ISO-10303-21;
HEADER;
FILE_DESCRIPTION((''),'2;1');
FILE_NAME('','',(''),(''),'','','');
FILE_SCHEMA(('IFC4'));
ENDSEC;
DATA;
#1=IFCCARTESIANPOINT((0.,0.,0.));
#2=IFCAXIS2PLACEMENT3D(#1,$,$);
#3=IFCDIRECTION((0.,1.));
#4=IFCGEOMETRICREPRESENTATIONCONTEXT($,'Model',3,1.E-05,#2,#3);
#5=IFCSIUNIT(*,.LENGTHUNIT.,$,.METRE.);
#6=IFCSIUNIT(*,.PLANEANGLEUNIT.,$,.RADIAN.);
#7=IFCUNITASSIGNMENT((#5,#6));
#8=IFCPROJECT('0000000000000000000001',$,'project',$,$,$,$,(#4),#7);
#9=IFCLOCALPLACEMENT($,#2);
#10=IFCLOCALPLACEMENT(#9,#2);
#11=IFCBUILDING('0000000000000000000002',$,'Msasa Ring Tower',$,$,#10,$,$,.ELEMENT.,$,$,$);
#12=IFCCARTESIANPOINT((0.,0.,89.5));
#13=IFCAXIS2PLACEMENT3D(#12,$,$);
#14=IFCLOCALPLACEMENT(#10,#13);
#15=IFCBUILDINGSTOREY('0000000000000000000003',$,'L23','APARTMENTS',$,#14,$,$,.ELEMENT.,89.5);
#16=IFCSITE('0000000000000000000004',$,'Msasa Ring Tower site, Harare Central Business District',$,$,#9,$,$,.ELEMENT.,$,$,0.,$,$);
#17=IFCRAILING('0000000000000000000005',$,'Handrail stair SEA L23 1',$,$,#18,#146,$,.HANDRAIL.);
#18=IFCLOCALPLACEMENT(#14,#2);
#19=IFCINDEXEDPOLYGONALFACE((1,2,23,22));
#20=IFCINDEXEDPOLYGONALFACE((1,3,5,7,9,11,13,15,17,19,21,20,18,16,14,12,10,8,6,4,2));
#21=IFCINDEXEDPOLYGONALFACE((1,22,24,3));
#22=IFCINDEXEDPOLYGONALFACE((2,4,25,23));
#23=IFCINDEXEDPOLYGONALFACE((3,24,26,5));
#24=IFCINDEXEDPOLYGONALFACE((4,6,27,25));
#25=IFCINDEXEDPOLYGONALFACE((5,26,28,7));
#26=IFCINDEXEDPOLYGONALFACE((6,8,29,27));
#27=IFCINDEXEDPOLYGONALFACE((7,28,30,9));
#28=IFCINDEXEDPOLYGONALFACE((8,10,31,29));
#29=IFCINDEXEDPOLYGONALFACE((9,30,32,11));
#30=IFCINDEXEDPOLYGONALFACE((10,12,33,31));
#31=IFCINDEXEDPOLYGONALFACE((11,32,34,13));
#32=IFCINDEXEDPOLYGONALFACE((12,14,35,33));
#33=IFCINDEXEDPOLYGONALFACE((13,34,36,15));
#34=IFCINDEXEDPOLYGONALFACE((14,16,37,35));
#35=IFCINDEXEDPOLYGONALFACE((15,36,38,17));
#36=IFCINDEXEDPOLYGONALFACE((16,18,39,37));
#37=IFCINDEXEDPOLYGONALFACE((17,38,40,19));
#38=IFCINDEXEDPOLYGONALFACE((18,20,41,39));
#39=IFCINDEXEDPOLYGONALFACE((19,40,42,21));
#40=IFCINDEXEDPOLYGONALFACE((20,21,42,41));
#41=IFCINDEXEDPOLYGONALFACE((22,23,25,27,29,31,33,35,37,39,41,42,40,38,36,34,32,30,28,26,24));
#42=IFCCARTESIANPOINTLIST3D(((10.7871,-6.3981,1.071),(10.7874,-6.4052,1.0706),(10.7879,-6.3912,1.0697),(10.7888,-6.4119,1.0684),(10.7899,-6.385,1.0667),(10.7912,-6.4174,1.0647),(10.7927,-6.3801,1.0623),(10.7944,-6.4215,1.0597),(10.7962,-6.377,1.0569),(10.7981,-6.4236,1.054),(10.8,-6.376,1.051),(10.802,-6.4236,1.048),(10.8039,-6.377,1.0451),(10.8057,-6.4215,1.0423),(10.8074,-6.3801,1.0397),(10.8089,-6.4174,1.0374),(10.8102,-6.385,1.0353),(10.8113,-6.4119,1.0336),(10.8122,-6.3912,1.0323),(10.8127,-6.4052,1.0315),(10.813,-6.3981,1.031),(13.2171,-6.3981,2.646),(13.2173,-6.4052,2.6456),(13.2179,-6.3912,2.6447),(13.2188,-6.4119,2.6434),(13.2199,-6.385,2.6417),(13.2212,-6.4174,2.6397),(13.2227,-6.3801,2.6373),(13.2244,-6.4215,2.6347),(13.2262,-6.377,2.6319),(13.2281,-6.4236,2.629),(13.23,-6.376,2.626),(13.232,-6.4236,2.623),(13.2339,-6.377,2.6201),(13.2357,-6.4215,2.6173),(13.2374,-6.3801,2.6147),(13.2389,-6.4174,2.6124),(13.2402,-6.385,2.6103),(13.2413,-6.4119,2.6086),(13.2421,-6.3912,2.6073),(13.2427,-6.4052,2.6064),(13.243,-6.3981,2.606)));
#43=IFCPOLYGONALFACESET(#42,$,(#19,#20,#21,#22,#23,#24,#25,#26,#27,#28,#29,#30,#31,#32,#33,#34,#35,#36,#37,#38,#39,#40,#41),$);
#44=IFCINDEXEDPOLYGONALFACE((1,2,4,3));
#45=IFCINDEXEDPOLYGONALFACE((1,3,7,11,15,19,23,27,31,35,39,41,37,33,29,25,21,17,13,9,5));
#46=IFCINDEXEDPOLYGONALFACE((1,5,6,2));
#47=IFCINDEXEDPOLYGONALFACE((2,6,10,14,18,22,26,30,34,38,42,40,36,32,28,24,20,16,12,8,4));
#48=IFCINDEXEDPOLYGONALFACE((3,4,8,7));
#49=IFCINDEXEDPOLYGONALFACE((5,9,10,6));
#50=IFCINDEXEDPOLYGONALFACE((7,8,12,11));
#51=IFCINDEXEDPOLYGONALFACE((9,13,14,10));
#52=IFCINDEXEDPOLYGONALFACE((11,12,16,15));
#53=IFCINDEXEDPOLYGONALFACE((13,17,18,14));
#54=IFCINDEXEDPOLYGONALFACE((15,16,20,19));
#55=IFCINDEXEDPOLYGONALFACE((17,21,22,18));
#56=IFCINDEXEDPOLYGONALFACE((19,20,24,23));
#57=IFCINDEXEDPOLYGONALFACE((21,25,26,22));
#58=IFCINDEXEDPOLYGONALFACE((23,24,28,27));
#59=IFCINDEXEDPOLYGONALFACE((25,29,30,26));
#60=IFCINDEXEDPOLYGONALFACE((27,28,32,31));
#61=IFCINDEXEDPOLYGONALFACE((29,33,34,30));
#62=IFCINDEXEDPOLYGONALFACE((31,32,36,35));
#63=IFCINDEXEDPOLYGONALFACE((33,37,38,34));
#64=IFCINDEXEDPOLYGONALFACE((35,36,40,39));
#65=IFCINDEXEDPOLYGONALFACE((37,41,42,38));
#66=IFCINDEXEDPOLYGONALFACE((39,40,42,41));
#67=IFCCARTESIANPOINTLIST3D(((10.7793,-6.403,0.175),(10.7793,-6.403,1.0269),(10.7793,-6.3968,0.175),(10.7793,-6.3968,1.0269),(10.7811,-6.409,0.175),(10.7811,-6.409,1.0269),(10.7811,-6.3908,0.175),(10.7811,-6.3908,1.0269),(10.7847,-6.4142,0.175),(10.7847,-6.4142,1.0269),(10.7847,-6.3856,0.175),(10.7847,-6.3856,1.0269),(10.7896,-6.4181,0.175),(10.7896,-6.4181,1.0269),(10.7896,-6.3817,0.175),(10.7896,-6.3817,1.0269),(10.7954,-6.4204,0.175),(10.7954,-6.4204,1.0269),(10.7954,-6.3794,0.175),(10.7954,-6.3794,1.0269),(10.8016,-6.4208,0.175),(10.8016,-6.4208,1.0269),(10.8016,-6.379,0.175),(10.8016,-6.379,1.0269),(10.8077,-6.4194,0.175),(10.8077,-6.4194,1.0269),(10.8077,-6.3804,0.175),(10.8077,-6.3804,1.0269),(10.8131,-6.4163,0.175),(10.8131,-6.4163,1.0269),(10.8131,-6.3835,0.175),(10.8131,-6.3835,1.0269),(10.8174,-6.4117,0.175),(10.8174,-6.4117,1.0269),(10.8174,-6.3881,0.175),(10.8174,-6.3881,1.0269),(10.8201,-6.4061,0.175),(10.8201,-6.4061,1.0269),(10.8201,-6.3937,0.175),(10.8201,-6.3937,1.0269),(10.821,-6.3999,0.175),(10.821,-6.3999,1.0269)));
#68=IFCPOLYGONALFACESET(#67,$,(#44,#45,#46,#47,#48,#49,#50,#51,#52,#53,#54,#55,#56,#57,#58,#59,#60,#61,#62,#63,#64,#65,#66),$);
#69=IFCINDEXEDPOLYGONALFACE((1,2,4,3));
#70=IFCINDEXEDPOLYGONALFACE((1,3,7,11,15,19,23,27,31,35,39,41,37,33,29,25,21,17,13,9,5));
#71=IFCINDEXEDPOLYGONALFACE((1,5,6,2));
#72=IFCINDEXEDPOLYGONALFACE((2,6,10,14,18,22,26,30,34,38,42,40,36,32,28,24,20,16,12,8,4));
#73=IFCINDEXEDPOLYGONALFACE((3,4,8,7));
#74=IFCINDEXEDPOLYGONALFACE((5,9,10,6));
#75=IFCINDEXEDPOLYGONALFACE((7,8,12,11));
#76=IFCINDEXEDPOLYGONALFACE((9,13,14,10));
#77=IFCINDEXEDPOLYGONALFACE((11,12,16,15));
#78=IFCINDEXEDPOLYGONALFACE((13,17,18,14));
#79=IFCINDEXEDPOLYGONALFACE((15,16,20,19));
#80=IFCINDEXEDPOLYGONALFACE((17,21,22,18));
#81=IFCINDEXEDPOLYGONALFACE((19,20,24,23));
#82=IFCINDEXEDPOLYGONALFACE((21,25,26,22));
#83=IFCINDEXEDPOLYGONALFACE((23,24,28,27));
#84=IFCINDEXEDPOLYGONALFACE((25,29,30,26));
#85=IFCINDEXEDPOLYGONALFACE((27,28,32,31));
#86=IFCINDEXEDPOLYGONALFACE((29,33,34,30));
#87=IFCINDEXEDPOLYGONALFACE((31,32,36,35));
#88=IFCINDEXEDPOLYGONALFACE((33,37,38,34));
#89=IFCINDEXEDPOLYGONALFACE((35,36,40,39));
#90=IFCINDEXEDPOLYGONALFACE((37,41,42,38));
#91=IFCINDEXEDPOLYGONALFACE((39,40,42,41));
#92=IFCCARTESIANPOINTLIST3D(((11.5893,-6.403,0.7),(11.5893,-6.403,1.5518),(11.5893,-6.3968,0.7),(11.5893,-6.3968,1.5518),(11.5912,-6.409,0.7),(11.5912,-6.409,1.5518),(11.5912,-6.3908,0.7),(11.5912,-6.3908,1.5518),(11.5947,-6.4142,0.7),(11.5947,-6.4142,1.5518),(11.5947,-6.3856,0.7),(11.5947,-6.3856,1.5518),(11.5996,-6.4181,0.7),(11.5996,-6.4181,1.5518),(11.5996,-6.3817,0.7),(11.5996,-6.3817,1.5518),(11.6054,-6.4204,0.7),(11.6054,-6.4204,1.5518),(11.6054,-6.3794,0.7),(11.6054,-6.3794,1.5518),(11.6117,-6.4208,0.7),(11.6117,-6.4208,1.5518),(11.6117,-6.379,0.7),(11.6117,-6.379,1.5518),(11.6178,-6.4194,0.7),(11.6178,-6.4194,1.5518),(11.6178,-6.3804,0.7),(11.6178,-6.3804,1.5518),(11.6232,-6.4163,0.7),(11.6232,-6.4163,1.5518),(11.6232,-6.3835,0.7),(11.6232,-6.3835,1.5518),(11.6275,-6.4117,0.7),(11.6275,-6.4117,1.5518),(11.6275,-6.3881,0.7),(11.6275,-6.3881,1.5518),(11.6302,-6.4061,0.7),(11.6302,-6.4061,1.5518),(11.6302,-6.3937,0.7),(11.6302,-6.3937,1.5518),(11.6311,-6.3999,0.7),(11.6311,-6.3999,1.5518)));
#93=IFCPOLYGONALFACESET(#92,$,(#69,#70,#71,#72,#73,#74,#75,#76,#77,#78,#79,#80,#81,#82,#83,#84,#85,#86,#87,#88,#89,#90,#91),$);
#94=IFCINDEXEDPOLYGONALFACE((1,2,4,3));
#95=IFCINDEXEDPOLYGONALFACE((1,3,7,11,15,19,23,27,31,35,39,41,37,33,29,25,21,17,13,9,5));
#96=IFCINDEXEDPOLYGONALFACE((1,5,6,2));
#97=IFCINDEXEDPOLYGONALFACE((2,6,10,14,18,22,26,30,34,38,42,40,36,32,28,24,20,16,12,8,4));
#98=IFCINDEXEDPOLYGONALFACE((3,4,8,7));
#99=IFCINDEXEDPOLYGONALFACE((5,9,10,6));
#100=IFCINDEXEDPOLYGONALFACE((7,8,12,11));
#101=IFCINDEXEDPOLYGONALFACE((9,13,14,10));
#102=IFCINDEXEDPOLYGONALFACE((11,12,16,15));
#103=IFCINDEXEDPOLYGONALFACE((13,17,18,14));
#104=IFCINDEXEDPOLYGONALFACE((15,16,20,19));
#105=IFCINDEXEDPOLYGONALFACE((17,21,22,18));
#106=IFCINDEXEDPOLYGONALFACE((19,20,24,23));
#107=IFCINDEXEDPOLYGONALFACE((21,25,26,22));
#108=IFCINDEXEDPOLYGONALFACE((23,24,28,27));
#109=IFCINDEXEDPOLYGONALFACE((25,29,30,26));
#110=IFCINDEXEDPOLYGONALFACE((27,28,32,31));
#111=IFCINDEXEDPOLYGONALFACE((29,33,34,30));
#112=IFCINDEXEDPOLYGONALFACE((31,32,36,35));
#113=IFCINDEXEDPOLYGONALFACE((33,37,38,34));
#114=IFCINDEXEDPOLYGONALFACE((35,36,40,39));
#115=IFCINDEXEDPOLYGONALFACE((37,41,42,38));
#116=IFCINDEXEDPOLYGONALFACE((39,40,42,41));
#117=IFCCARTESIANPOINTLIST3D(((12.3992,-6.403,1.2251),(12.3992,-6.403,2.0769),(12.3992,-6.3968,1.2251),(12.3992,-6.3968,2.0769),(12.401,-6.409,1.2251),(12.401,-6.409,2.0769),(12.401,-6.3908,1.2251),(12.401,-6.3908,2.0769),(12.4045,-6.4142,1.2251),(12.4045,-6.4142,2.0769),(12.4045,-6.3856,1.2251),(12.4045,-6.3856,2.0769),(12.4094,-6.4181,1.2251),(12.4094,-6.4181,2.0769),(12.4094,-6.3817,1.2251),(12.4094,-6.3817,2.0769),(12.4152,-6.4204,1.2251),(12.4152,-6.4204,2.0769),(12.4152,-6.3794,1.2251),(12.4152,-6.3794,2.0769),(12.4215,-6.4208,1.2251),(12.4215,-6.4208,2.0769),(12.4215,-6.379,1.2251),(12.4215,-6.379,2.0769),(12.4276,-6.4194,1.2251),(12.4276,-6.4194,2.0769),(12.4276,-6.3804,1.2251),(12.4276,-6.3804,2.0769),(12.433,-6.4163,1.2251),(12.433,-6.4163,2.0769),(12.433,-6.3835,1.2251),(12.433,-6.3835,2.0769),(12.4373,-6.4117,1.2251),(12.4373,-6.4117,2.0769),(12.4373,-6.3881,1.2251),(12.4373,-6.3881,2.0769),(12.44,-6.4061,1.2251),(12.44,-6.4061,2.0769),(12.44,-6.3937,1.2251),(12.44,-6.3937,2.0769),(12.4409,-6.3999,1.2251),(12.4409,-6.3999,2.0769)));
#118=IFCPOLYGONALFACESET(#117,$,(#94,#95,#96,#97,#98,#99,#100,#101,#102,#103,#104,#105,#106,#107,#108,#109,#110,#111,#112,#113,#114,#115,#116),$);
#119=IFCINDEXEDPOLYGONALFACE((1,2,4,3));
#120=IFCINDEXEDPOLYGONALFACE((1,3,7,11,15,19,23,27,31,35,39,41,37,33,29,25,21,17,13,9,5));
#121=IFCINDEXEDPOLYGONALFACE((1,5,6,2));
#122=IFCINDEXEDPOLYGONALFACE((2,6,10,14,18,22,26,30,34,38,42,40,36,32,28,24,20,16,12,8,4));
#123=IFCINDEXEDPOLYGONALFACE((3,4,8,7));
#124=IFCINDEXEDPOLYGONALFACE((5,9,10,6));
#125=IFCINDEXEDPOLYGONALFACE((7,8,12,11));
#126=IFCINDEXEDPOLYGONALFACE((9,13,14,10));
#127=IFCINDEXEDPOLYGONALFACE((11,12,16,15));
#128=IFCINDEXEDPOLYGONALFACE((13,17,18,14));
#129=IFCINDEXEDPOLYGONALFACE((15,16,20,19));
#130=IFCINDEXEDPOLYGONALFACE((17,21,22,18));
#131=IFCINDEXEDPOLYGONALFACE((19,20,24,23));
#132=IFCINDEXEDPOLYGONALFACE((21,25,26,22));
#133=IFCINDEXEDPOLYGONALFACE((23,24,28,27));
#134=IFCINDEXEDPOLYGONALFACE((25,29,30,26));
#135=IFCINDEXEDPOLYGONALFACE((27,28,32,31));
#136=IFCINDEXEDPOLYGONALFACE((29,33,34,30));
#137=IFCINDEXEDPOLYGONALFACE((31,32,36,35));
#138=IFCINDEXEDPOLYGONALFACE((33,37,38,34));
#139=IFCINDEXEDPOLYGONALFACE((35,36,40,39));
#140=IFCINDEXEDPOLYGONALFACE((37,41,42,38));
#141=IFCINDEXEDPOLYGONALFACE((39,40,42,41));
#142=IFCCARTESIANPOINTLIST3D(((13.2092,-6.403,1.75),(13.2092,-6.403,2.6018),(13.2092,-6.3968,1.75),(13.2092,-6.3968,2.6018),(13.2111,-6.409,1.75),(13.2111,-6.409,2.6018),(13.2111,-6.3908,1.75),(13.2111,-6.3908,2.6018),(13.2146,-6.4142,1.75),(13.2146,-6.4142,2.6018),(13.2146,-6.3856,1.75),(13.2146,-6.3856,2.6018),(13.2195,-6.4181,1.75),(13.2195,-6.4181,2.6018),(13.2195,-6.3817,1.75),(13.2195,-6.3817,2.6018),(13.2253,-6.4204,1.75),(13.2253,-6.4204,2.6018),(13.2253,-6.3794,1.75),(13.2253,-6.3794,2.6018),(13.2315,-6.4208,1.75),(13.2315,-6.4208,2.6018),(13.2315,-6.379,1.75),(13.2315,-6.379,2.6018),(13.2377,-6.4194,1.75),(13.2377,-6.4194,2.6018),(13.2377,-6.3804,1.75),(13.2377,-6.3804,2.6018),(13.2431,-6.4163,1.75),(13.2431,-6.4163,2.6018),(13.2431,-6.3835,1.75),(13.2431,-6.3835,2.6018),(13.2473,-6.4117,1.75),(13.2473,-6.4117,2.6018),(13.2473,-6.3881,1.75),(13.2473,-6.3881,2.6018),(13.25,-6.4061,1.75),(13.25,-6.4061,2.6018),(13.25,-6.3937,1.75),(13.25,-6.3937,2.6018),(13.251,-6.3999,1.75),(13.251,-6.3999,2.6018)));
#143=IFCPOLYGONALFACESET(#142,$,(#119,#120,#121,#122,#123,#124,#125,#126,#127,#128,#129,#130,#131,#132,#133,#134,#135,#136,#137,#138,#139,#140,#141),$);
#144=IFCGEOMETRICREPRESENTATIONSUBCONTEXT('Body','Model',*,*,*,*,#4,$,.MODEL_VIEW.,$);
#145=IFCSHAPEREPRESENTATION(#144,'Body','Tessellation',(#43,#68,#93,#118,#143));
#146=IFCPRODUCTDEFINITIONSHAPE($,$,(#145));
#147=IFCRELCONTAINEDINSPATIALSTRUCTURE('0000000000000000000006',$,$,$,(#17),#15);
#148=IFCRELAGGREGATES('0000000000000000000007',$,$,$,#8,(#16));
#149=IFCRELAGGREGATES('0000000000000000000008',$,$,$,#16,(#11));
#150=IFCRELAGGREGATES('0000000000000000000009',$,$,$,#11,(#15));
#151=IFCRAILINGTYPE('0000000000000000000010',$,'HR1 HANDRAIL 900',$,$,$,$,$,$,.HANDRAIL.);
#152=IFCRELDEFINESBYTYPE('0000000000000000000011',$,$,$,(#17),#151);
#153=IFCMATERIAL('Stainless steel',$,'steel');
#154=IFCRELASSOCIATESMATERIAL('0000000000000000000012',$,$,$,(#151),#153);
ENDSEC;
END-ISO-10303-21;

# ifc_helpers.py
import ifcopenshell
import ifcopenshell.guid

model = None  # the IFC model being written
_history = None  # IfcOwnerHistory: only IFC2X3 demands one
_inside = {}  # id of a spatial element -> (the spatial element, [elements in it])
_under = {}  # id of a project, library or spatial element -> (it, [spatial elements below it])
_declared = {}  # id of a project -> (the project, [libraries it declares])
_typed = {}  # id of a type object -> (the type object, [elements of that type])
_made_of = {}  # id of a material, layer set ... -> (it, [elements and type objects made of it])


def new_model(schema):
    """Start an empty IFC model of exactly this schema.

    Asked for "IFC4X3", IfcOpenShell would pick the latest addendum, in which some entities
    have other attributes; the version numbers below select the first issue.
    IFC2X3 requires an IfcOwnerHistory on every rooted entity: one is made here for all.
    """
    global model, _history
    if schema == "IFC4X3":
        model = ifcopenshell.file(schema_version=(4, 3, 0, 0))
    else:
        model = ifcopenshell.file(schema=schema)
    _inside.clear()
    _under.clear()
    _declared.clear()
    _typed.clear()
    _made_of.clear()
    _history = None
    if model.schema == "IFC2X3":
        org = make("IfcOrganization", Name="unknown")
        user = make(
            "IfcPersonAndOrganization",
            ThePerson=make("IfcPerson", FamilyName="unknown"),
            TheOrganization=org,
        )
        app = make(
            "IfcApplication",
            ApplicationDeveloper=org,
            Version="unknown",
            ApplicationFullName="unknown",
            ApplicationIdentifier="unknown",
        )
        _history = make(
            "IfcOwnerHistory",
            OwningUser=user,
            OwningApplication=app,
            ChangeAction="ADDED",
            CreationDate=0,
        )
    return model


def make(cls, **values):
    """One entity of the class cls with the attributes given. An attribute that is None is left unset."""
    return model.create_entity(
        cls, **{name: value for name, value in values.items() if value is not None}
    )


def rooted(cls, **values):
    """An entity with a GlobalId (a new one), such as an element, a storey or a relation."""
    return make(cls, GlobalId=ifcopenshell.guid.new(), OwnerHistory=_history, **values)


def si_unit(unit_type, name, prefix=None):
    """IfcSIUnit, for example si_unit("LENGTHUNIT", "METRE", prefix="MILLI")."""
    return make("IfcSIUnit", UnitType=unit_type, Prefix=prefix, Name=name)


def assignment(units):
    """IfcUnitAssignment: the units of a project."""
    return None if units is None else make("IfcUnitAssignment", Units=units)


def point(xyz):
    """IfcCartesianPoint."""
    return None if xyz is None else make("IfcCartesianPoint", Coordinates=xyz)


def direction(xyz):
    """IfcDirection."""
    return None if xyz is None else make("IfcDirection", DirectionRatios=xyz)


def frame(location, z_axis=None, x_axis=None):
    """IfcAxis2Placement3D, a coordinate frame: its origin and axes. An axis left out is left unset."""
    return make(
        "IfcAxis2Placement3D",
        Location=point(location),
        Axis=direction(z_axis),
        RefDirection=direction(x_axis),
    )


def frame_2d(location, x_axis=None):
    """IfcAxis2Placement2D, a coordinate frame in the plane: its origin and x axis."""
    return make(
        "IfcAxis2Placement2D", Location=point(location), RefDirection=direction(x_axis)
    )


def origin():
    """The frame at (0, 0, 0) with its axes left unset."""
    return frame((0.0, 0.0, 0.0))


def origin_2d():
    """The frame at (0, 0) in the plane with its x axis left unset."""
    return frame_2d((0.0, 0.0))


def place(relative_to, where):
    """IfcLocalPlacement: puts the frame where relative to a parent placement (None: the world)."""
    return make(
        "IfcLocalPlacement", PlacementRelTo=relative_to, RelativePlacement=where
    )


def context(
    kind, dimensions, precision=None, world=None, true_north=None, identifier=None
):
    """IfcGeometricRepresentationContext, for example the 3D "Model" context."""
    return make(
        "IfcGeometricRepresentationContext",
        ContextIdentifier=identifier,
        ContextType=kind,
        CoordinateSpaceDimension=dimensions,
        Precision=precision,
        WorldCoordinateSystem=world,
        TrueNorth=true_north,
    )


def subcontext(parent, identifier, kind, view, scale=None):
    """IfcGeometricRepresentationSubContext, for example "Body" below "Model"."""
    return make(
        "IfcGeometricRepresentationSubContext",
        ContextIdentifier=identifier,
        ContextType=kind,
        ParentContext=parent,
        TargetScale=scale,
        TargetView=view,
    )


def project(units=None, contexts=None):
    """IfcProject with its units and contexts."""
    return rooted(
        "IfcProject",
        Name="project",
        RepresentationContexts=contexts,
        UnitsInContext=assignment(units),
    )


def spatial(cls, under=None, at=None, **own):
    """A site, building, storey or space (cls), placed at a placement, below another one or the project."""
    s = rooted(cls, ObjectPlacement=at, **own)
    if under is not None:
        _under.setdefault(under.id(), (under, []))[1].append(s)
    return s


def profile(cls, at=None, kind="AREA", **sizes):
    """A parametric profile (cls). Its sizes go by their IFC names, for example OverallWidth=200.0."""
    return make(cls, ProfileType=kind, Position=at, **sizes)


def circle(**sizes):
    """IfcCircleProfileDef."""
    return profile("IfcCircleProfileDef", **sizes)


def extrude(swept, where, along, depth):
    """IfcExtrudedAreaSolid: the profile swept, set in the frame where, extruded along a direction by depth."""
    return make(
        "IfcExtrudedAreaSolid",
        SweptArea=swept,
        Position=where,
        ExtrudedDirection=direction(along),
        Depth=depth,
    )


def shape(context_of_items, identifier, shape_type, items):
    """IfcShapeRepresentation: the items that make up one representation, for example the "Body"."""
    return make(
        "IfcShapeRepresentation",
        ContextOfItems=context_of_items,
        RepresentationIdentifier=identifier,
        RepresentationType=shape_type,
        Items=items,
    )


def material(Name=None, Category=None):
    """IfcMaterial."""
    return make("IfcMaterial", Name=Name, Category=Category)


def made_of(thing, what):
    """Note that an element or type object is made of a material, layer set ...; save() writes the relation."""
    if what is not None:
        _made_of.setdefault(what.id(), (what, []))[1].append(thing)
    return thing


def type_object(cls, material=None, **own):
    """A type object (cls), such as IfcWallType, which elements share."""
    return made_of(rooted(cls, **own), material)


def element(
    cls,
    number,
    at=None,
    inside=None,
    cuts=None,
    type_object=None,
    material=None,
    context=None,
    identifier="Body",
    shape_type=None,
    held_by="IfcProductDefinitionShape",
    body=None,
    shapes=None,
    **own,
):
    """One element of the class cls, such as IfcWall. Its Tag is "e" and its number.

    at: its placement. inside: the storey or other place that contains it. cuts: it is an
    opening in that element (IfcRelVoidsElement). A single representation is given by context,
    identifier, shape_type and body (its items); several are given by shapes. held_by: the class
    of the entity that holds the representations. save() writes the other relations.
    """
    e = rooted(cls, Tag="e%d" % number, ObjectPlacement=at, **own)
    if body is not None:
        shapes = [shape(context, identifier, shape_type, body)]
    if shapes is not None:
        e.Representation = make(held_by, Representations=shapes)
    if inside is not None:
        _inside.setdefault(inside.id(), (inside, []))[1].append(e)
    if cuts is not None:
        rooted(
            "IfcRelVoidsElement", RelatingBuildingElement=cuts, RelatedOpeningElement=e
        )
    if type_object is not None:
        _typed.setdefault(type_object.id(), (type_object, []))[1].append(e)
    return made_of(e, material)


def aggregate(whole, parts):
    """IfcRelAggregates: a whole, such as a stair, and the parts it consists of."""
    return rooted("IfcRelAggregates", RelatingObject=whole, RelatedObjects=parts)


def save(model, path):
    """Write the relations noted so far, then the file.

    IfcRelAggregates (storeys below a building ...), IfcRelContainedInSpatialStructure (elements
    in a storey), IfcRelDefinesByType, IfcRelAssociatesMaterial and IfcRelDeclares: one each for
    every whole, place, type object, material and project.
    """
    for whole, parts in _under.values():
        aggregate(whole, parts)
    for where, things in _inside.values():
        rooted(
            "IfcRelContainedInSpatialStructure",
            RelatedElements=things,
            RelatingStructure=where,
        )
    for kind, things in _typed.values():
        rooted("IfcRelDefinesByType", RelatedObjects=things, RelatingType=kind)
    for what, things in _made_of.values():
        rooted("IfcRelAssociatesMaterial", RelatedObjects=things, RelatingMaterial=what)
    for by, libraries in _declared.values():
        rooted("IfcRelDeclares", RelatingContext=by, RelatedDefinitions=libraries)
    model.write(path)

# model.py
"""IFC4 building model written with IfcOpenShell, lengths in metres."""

from ifc_helpers import new_model, si_unit, direction, frame, origin, origin_2d, place, context, subcontext, project, spatial, circle, extrude, material, type_object, element, save


model = new_model("IFC4")

# Units and contexts
model_context = context("Model", 3, precision=1e-05, world=origin(), true_north=direction((0.0, 1.0)))
body_context = subcontext(model_context, "Body", "Model", "MODEL_VIEW")
ifc_project = project(units=[si_unit("LENGTHUNIT", "METRE"), si_unit("PLANEANGLEUNIT", "RADIAN")], contexts=[model_context])

# Site, building, storey
site_placement = place(None, origin())
site = spatial("IfcSite", under=ifc_project, at=site_placement, Name="Msasa Ring Tower site, Harare Central Business District", CompositionType="ELEMENT", RefElevation=0.0)
building_placement = place(site_placement, origin())
building = spatial("IfcBuilding", under=site, at=building_placement, Name="Msasa Ring Tower", CompositionType="ELEMENT")
storey_placement = place(building_placement, frame((0.0, 0.0, 89.5)))
storey = spatial("IfcBuildingStorey", under=building, at=storey_placement, Name="L23", Description="APARTMENTS", CompositionType="ELEMENT", Elevation=89.5)

# Railing
ifc_material_1 = material(Name="Stainless steel", Category="steel")
railing_type = type_object("IfcRailingType", Name="HR1 HANDRAIL 900", PredefinedType="HANDRAIL", material=ifc_material_1)
for number, where, name in (
    (1, (10.8, -6.3999, 0.175), "Handrail stair SEA L23 1"),
):
    element("IfcRailing", number, at=place(storey_placement, frame(where)), inside=storey, type_object=railing_type, Name=name, PredefinedType="HANDRAIL", context=body_context, shape_type="SweptSolid", body=[
        extrude(circle(Radius=0.0239, at=origin_2d()), frame((0.0, 0.0, 0.876), z_axis=(0.839154, 0.0, 0.543894), x_axis=(0.0, 1.0, 0.0)), (0.0, 0.0, 1.0), 2.8958),
        extrude(circle(Radius=0.021, at=origin_2d()), origin(), (0.0, 0.0, 1.0), 0.8518),
        extrude(circle(Radius=0.021, at=origin_2d()), frame((0.8101, 0.0, 0.5249)), (0.0, 0.0, 1.0), 0.8518),
        extrude(circle(Radius=0.021, at=origin_2d()), frame((1.6199, 0.0, 1.05)), (0.0, 0.0, 1.0), 0.8518),
        extrude(circle(Radius=0.021, at=origin_2d()), frame((2.4299, 0.0, 1.575)), (0.0, 0.0, 1.0), 0.8518),
    ])

save(model, "model.ifc")
